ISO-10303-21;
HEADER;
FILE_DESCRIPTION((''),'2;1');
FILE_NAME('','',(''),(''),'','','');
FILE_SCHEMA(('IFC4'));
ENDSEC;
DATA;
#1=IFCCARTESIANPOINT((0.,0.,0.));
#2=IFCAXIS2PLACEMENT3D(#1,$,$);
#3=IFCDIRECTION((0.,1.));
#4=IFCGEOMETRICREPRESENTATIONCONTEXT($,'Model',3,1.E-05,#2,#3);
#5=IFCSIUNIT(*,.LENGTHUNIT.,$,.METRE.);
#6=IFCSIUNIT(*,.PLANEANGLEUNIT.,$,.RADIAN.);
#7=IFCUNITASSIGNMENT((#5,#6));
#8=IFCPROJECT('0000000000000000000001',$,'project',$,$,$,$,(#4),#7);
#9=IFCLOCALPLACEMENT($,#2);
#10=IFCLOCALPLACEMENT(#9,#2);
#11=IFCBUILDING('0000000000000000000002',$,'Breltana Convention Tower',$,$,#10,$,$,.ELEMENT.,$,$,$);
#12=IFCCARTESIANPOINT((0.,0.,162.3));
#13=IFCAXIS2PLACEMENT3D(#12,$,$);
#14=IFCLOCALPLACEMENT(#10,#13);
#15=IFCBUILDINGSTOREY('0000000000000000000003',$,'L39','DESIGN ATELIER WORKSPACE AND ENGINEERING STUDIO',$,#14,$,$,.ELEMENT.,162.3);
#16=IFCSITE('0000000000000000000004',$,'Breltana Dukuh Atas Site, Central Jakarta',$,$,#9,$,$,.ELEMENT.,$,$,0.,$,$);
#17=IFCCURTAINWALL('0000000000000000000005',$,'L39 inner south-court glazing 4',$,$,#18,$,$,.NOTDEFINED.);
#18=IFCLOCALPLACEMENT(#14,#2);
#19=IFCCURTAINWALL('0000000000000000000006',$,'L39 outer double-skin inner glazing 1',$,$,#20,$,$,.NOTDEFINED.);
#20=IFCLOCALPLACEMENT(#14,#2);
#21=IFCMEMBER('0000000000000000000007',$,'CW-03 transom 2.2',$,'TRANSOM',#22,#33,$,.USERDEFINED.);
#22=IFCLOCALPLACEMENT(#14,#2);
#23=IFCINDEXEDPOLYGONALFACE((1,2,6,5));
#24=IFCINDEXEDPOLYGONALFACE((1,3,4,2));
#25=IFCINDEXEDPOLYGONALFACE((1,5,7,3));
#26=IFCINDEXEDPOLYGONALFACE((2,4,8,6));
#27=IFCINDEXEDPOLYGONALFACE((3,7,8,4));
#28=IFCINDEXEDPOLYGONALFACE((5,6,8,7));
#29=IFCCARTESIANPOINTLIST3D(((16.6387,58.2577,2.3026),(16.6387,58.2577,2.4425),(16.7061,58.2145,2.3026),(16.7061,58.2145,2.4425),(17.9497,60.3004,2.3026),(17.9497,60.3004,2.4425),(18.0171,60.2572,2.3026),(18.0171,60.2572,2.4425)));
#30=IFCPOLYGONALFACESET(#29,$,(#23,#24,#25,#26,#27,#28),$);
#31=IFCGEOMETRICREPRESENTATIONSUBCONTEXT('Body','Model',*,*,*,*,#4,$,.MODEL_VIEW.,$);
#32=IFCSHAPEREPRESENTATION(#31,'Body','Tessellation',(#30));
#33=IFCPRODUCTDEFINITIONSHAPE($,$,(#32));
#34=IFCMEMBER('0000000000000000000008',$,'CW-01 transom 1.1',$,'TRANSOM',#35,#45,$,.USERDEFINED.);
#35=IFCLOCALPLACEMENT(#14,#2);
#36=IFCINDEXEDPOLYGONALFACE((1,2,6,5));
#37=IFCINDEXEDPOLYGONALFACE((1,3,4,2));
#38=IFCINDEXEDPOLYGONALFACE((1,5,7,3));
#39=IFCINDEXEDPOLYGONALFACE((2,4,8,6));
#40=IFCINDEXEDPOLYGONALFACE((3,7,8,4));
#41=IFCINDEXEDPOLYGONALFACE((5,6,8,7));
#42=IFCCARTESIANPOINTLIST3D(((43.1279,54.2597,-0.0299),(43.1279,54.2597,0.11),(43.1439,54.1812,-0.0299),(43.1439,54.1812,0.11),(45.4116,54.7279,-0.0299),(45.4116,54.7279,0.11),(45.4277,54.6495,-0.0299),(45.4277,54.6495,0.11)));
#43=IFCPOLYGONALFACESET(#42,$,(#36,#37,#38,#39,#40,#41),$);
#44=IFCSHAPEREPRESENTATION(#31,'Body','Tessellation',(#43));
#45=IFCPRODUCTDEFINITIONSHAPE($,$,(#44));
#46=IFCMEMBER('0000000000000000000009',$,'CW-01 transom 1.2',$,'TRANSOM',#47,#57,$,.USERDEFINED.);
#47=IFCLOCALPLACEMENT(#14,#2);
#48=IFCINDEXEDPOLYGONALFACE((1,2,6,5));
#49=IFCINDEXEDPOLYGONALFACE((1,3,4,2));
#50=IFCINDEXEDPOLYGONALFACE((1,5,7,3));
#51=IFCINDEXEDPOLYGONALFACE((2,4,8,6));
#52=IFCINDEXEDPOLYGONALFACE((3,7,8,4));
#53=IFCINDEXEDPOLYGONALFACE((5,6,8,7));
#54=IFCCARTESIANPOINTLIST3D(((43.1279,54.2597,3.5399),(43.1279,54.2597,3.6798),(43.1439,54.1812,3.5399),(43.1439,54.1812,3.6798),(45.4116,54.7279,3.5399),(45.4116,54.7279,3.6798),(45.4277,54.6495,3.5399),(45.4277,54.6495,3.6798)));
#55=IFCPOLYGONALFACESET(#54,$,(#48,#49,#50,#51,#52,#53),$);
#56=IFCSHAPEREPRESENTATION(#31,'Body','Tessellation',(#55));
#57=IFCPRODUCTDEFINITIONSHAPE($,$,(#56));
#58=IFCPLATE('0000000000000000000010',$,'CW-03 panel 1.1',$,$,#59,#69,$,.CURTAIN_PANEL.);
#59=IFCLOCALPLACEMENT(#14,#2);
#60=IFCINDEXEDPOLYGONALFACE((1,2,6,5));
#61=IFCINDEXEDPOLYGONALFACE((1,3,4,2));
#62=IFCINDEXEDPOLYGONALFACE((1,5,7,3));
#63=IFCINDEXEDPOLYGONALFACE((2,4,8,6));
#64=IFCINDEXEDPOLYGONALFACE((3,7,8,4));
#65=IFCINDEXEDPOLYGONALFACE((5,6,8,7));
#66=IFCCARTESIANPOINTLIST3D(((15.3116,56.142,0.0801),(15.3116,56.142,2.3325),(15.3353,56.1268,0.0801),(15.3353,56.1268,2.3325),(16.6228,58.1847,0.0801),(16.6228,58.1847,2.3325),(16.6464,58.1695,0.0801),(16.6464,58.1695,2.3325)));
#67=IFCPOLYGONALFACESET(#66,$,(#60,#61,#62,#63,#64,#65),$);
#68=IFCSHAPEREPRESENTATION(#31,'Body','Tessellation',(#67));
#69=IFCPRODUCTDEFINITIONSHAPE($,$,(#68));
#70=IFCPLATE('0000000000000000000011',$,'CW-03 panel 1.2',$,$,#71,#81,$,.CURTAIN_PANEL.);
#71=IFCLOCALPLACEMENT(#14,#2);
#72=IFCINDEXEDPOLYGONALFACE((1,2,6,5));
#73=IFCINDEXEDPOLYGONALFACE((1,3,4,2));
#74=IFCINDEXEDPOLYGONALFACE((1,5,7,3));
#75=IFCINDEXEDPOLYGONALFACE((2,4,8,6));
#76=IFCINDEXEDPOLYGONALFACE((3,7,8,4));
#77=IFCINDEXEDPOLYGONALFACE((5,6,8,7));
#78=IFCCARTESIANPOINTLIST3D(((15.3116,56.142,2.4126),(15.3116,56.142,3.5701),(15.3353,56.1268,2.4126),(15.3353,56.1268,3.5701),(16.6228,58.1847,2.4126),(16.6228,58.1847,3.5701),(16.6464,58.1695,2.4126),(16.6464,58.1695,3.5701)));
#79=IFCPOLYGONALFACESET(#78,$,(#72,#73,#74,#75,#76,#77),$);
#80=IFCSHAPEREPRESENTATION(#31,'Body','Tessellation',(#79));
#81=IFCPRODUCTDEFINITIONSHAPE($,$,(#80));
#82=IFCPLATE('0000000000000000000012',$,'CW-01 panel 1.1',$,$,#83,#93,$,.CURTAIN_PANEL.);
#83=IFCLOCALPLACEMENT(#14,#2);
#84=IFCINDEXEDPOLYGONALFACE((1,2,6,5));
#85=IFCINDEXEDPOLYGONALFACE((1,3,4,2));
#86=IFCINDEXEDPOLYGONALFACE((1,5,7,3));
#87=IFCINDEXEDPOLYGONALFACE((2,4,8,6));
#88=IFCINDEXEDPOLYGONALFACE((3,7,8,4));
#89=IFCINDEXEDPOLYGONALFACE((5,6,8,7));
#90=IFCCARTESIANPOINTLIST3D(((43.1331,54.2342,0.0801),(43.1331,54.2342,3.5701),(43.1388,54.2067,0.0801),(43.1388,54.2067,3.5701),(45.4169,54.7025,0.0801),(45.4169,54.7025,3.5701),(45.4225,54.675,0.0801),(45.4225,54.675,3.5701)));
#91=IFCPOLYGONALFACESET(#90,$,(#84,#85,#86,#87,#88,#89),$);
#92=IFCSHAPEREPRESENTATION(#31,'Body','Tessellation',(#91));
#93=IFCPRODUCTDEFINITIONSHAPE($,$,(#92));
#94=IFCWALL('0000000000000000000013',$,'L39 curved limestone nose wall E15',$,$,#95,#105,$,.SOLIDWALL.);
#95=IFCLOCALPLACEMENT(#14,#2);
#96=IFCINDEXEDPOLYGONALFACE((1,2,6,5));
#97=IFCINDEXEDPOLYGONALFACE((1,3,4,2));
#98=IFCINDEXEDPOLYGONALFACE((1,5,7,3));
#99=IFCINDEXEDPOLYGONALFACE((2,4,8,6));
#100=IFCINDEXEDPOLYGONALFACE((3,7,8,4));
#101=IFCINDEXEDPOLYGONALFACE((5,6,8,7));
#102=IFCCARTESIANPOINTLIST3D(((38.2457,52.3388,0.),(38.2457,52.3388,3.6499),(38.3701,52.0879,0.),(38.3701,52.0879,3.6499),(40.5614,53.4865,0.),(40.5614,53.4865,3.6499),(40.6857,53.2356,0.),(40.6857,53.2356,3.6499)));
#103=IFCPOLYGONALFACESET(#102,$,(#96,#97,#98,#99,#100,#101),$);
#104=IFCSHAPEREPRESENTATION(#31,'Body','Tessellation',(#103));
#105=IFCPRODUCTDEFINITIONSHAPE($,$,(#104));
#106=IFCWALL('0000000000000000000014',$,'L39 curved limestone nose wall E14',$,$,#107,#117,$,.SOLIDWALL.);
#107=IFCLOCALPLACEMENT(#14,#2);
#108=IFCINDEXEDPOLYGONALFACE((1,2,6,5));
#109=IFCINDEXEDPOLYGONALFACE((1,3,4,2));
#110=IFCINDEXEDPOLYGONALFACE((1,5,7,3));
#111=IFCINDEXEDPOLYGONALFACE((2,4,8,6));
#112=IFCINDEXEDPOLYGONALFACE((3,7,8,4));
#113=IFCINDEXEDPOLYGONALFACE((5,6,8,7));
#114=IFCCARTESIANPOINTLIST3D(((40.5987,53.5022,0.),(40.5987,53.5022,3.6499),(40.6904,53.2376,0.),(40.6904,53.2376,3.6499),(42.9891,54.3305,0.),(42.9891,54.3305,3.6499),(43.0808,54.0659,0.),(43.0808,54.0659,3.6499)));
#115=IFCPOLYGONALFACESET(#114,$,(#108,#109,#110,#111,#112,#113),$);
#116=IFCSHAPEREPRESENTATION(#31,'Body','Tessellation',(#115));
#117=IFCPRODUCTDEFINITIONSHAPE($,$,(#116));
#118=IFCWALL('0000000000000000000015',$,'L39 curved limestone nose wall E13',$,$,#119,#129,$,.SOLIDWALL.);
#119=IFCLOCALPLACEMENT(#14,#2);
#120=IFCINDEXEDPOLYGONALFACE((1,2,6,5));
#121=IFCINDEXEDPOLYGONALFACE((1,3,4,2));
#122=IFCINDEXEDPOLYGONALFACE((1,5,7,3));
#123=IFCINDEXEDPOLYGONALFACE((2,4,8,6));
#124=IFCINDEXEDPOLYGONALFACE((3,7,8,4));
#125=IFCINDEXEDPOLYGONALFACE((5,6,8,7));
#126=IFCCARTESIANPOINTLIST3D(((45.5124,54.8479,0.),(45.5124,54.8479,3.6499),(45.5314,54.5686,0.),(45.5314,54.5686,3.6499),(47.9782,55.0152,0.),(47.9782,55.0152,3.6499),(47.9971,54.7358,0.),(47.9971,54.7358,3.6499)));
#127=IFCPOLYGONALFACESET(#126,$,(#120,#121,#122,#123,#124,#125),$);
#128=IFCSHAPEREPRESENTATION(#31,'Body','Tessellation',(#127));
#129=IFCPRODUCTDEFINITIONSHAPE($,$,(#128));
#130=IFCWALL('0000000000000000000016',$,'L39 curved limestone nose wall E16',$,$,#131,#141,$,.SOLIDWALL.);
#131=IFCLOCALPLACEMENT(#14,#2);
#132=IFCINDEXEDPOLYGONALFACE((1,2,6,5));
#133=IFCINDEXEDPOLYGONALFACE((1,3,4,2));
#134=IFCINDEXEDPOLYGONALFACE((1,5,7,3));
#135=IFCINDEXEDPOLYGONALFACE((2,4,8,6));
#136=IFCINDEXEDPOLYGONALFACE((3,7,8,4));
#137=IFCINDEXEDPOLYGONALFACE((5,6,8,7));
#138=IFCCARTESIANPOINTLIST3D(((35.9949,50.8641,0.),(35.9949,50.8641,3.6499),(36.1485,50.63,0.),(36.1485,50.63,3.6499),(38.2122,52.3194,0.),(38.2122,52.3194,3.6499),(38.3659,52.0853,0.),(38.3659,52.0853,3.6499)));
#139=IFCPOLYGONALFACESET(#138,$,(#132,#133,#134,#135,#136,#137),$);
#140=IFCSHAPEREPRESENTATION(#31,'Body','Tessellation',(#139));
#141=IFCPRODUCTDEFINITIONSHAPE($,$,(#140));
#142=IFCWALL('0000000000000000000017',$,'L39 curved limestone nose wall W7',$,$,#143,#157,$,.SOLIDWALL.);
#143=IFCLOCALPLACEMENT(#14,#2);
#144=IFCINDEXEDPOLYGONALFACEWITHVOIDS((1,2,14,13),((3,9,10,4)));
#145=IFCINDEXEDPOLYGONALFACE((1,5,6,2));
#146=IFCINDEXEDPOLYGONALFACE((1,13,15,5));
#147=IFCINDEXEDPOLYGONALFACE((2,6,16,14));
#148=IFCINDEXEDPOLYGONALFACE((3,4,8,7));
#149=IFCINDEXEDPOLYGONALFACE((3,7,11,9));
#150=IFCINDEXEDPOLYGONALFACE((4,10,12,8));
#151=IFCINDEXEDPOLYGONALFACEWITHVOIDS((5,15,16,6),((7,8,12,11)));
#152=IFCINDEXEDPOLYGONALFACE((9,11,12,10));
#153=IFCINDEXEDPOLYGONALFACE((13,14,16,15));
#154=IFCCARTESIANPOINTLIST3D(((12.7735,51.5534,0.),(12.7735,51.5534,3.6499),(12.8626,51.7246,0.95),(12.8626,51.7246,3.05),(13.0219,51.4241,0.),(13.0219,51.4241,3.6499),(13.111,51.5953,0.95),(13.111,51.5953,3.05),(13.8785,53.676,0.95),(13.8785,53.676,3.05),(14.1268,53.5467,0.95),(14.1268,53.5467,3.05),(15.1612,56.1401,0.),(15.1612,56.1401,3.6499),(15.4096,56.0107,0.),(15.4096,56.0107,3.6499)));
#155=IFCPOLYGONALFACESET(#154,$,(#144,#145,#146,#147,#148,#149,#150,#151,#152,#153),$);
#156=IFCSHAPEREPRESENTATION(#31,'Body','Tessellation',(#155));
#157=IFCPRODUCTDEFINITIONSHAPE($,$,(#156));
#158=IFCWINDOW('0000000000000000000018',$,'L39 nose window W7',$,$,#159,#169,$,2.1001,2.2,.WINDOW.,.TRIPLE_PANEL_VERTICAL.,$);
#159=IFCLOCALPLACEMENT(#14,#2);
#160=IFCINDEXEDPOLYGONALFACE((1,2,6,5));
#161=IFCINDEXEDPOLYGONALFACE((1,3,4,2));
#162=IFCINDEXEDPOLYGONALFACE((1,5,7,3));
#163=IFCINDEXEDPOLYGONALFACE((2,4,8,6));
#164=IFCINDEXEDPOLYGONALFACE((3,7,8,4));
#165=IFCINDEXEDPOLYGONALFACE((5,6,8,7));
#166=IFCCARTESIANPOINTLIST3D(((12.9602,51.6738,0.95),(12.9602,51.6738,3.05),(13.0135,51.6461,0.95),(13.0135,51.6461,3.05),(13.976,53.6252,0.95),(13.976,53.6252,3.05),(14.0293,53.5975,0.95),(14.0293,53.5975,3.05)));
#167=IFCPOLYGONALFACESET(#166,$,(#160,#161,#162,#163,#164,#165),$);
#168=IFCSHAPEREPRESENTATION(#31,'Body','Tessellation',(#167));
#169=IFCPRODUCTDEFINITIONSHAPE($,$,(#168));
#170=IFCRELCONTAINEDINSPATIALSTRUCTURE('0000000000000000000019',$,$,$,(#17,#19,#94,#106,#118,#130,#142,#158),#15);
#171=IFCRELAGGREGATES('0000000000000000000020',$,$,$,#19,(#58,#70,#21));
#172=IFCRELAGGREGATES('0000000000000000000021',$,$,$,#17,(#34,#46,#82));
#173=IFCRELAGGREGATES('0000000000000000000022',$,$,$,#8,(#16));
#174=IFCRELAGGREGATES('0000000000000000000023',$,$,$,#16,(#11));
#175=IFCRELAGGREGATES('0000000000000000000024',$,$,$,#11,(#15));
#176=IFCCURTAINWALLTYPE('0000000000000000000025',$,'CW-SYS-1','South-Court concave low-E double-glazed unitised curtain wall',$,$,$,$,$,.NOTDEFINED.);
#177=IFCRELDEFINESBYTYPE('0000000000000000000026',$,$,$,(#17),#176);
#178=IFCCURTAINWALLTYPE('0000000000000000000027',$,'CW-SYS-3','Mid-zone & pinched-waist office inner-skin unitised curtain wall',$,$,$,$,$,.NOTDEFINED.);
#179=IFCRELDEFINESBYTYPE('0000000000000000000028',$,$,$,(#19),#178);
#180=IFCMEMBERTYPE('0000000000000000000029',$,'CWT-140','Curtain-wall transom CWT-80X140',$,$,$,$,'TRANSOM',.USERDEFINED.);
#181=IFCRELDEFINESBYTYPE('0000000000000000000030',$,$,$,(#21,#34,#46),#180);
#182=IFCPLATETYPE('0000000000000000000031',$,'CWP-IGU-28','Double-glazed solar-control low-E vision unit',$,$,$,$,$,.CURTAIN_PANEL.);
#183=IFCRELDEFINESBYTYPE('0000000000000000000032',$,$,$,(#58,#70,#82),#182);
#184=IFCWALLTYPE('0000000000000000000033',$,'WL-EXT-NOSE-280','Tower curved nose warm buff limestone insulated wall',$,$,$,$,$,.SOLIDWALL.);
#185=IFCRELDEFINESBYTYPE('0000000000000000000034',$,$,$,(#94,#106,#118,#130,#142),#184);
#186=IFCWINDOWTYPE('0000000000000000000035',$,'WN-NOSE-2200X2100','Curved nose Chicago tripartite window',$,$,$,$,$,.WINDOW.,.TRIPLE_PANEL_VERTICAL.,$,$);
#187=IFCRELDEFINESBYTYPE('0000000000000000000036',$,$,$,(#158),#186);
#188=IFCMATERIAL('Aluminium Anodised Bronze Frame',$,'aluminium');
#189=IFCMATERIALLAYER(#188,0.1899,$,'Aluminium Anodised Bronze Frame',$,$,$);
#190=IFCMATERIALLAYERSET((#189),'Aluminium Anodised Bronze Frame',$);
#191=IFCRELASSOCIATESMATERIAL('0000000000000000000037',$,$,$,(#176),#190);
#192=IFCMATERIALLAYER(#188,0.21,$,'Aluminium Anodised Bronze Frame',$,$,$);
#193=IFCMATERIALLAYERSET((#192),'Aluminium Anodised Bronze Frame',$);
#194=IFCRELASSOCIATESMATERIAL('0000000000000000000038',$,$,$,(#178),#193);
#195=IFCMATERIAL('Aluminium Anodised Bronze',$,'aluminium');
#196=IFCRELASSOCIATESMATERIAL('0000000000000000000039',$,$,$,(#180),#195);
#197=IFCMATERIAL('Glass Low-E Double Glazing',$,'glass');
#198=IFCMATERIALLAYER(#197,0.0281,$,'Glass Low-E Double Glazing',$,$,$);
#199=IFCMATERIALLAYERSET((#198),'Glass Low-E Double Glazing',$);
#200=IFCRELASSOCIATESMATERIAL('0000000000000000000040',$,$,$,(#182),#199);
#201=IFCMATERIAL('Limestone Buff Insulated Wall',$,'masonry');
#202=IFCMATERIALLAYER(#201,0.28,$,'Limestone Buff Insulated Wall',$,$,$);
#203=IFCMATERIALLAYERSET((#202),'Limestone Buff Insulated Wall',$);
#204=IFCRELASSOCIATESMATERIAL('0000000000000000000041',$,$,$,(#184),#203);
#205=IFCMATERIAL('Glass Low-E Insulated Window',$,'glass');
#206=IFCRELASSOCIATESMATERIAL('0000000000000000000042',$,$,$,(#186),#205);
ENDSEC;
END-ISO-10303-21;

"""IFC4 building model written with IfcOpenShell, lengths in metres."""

from ifc_helpers import new_model, si_unit, direction, frame, frame_2d, origin, origin_2d, place, context, subcontext, project, spatial, rectangle, extrude, source, transform, mapped, material, layer, layer_set, material_profile, profile_set, type_object, type_shapes, element, fill, aggregate, save


model = new_model("IFC4")

# Units and contexts
model_context = context("Model", 3, precision=1e-05, world=origin(), true_north=direction((0.0, 1.0)))
body_context = subcontext(model_context, "Body", "Model", "MODEL_VIEW")
ifc_project = project(units=[si_unit("LENGTHUNIT", "METRE"), si_unit("PLANEANGLEUNIT", "RADIAN")], contexts=[model_context])

# Site, building, storey
site_placement = place(None, origin())
site = spatial("IfcSite", under=ifc_project, at=site_placement, Name="Breltana Dukuh Atas Site, Central Jakarta", CompositionType="ELEMENT", RefElevation=0.0)
building_placement = place(site_placement, origin())
building = spatial("IfcBuilding", under=site, at=building_placement, Name="Breltana Convention Tower", CompositionType="ELEMENT")
storey_placement = place(building_placement, frame((0.0, 0.0, 162.3)))
storey = spatial("IfcBuildingStorey", under=building, at=storey_placement, Name="L39", Description="DESIGN ATELIER WORKSPACE AND ENGINEERING STUDIO", CompositionType="ELEMENT", Elevation=162.3)

# Curtain walls, member
ifc_material_1 = material(Name="Aluminium Anodised Bronze Frame", Category="aluminium")
ifc_layer_1 = layer(ifc_material_1, 0.1899, Name="Aluminium Anodised Bronze Frame")
ifc_layer_set_1 = layer_set([ifc_layer_1], Name="Aluminium Anodised Bronze Frame")
curtain_wall_type_1 = type_object("IfcCurtainWallType", Name="CW-SYS-1", Description="South-Court concave low-E double-glazed unitised curtain wall", PredefinedType="NOTDEFINED", material=ifc_layer_set_1)
curtain_wall_1_placement = place(storey_placement, origin())
curtain_wall_1 = element("IfcCurtainWall", 1, at=curtain_wall_1_placement, inside=storey, type_object=curtain_wall_type_1, Name="L39 inner south-court glazing 4", PredefinedType="NOTDEFINED")
ifc_material_2 = material(Name="Aluminium Anodised Bronze", Category="aluminium")
ifc_layer_2 = layer(ifc_material_1, 0.21, Name="Aluminium Anodised Bronze Frame")
ifc_layer_set_2 = layer_set([ifc_layer_2], Name="Aluminium Anodised Bronze Frame")
curtain_wall_type_2 = type_object("IfcCurtainWallType", Name="CW-SYS-3", Description="Mid-zone & pinched-waist office inner-skin unitised curtain wall", PredefinedType="NOTDEFINED", material=ifc_layer_set_2)
curtain_wall_2_placement = place(storey_placement, origin())
curtain_wall_2 = element("IfcCurtainWall", 2, at=curtain_wall_2_placement, inside=storey, type_object=curtain_wall_type_2, Name="L39 outer double-skin inner glazing 1", PredefinedType="NOTDEFINED")
ifc_material_profile_1 = material_profile(ifc_material_2, rectangle(XDim=0.0801, YDim=0.1399, at=origin_2d()), Name="CWT-80X140")
ifc_profile_set_1 = profile_set([ifc_material_profile_1], Name="Aluminium Anodised Bronze")
member_type_1 = type_object("IfcMemberType", Name="CWT-140", Description="Curtain-wall transom CWT-80X140", ElementType="TRANSOM", PredefinedType="USERDEFINED", material=ifc_profile_set_1)
shared_shape_1 = source(origin(), body_context, "Body", "SweptSolid", [
    extrude(rectangle(XDim=0.0801, YDim=0.1399, at=origin_2d()), origin(), (0.0, 0.0, 1.0), 2.4272),
])
member_1_placement = place(storey_placement, frame((16.6724, 58.2361, 2.3726), z_axis=(0.540132, 0.84158, 0.0), x_axis=(-0.84158, 0.540132, 0.0)))
member_1 = element("IfcMember", 3, at=member_1_placement, type_object=member_type_1, Name="CW-03 transom 2.2", ObjectType="TRANSOM", PredefinedType="USERDEFINED", context=body_context, shape_type="MappedRepresentation", body=[
    mapped(shared_shape_1, transform((0.0, 0.0, 0.0), scale=1.0)),
])

# Members
shared_shape_2 = source(origin(), body_context, "Body", "SweptSolid", [
    extrude(rectangle(XDim=0.0801, YDim=0.1399, at=origin_2d()), origin(), (0.0, 0.0, 1.0), 2.3313),
])
member_2_placement = place(storey_placement, frame((45.4197, 54.6887, 0.04), z_axis=(-0.979619, -0.200867, 0.0), x_axis=(0.200867, -0.979619, 0.0)))
member_2 = element("IfcMember", 4, at=member_2_placement, type_object=member_type_1, Name="CW-01 transom 1.1", ObjectType="TRANSOM", PredefinedType="USERDEFINED", context=body_context, shape_type="MappedRepresentation", body=[
    mapped(shared_shape_2, transform((0.0, 0.0, 0.0), scale=1.0)),
])
member_3_placement = place(storey_placement, frame((45.4197, 54.6887, 3.6099), z_axis=(-0.979619, -0.200867, 0.0), x_axis=(0.200867, -0.979619, 0.0)))
member_3 = element("IfcMember", 5, at=member_3_placement, type_object=member_type_1, Name="CW-01 transom 1.2", ObjectType="TRANSOM", PredefinedType="USERDEFINED", context=body_context, shape_type="MappedRepresentation", body=[
    mapped(shared_shape_2, transform((0.0, 0.0, 0.0), scale=1.0)),
])

# Plates
ifc_material_3 = material(Name="Glass Low-E Double Glazing", Category="glass")
ifc_layer_3 = layer(ifc_material_3, 0.0281, Name="Glass Low-E Double Glazing")
ifc_layer_set_3 = layer_set([ifc_layer_3], Name="Glass Low-E Double Glazing")
plate_type = type_object("IfcPlateType", Name="CWP-IGU-28", Description="Double-glazed solar-control low-E vision unit", PredefinedType="CURTAIN_PANEL", material=ifc_layer_set_3)
shared_shape_3 = source(origin(), body_context, "Body", "SweptSolid", [
    extrude(rectangle(XDim=2.4272, YDim=0.0281, at=origin_2d()), origin(), (0.0, 0.0, 1.0), 2.2524),
])
plate_1_placement = place(storey_placement, frame((15.979, 57.1558, 0.0801), z_axis=(0.0, 0.0, 1.0), x_axis=(0.540173, 0.841554, 0.0)))
plate_1 = element("IfcPlate", 6, at=plate_1_placement, type_object=plate_type, Name="CW-03 panel 1.1", PredefinedType="CURTAIN_PANEL", context=body_context, shape_type="MappedRepresentation", body=[
    mapped(shared_shape_3, transform((0.0, 0.0, 0.0), scale=1.0)),
])
shared_shape_4 = source(origin(), body_context, "Body", "SweptSolid", [
    extrude(rectangle(XDim=2.4272, YDim=0.0281, at=origin_2d()), origin(), (0.0, 0.0, 1.0), 1.1575),
])
plate_2_placement = place(storey_placement, frame((15.979, 57.1558, 2.4126), z_axis=(0.0, 0.0, 1.0), x_axis=(0.540173, 0.841554, 0.0)))
plate_2 = element("IfcPlate", 7, at=plate_2_placement, type_object=plate_type, Name="CW-03 panel 1.2", PredefinedType="CURTAIN_PANEL", context=body_context, shape_type="MappedRepresentation", body=[
    mapped(shared_shape_4, transform((0.0, 0.0, 0.0), scale=1.0)),
])
aggregate(curtain_wall_2, [plate_1, plate_2, member_1])
shared_shape_5 = source(origin(), body_context, "Body", "SweptSolid", [
    extrude(rectangle(XDim=2.3313, YDim=0.0281, at=origin_2d()), origin(), (0.0, 0.0, 1.0), 3.49),
])
plate_3_placement = place(storey_placement, frame((44.2778, 54.4546, 0.0801), z_axis=(0.0, 0.0, 1.0), x_axis=(-0.97962, -0.200861, 0.0)))
plate_3 = element("IfcPlate", 8, at=plate_3_placement, type_object=plate_type, Name="CW-01 panel 1.1", PredefinedType="CURTAIN_PANEL", context=body_context, shape_type="MappedRepresentation", body=[
    mapped(shared_shape_5, transform((0.0, 0.0, 0.0), scale=1.0)),
])
aggregate(curtain_wall_1, [member_2, member_3, plate_3])

# Walls
ifc_material_4 = material(Name="Limestone Buff Insulated Wall", Category="masonry")
ifc_layer_4 = layer(ifc_material_4, 0.28, Name="Limestone Buff Insulated Wall")
ifc_layer_set_4 = layer_set([ifc_layer_4], Name="Limestone Buff Insulated Wall")
wall_type_1 = type_object("IfcWallType", Name="WL-EXT-NOSE-280", Description="Tower curved nose warm buff limestone insulated wall", PredefinedType="SOLIDWALL", material=ifc_layer_set_4)
shared_shape_6 = source(origin(), body_context, "Body", "SweptSolid", [
    extrude(rectangle(XDim=2.5845, YDim=0.28, at=frame_2d((1.2922, 0.0))), origin(), (0.0, 0.0, 1.0), 3.6499),
])
wall_1_placement = place(storey_placement, frame((40.6235, 53.3611, 0.0), z_axis=(0.0, 0.0, 1.0), x_axis=(-0.89599, -0.444075, 0.0)))
element("IfcWall", 9, at=wall_1_placement, inside=storey, type_object=wall_type_1, Name="L39 curved limestone nose wall E15", PredefinedType="SOLIDWALL", context=body_context, shape_type="MappedRepresentation", body=[
    mapped(shared_shape_6, transform((0.0, 0.0, 0.0), scale=1.0)),
])
shared_shape_7 = source(origin(), body_context, "Body", "SweptSolid", [
    extrude(rectangle(XDim=2.5298, YDim=0.28, at=frame_2d((1.2649, 0.0))), origin(), (0.0, 0.0, 1.0), 3.6499),
])
wall_2_placement = place(storey_placement, frame((43.0349, 54.1982, 0.0), z_axis=(0.0, 0.0, 1.0), x_axis=(-0.944872, -0.327439, 0.0)))
element("IfcWall", 10, at=wall_2_placement, inside=storey, type_object=wall_type_1, Name="L39 curved limestone nose wall E14", PredefinedType="SOLIDWALL", context=body_context, shape_type="MappedRepresentation", body=[
    mapped(shared_shape_7, transform((0.0, 0.0, 0.0), scale=1.0)),
])
shared_shape_8 = source(origin(), body_context, "Body", "SweptSolid", [
    extrude(rectangle(XDim=2.4714, YDim=0.28, at=frame_2d((1.2358, 0.0))), origin(), (0.0, 0.0, 1.0), 3.6499),
])
wall_3_placement = place(storey_placement, frame((47.9878, 54.8755, 0.0), z_axis=(0.0, 0.0, 1.0), x_axis=(-0.997708, -0.067666, 0.0)))
element("IfcWall", 11, at=wall_3_placement, inside=storey, type_object=wall_type_1, Name="L39 curved limestone nose wall E13", PredefinedType="SOLIDWALL", context=body_context, shape_type="MappedRepresentation", body=[
    mapped(shared_shape_8, transform((0.0, 0.0, 0.0), scale=1.0)),
])
shared_shape_9 = source(origin(), body_context, "Body", "SweptSolid", [
    extrude(rectangle(XDim=2.6523, YDim=0.28, at=frame_2d((1.3262, 0.0))), origin(), (0.0, 0.0, 1.0), 3.6499),
])
wall_4_placement = place(storey_placement, frame((38.2891, 52.2024, 0.0), z_axis=(0.0, 0.0, 1.0), x_axis=(-0.836008, -0.548717, 0.0)))
element("IfcWall", 12, at=wall_4_placement, inside=storey, type_object=wall_type_1, Name="L39 curved limestone nose wall E16", PredefinedType="SOLIDWALL", context=body_context, shape_type="MappedRepresentation", body=[
    mapped(shared_shape_9, transform((0.0, 0.0, 0.0), scale=1.0)),
])

# Wall, opening, window
shared_shape_10 = source(origin(), body_context, "Body", "SweptSolid", [
    extrude(rectangle(XDim=5.1709, YDim=0.28, at=frame_2d((2.5854, 0.0))), origin(), (0.0, 0.0, 1.0), 3.6499),
])
wall_5_placement = place(storey_placement, frame((12.8977, 51.4888, 0.0), z_axis=(0.0, 0.0, 1.0), x_axis=(0.461753, 0.887009, 0.0)))
wall_5 = element("IfcWall", 13, at=wall_5_placement, inside=storey, type_object=wall_type_1, Name="L39 curved limestone nose wall W7", PredefinedType="SOLIDWALL", context=body_context, shape_type="MappedRepresentation", body=[
    mapped(shared_shape_10, transform((0.0, 0.0, 0.0), scale=1.0)),
])
opening_1_placement = place(wall_5_placement, frame((0.1929, 0.0, 0.95)))
opening_1 = element("IfcOpeningElement", 14, at=opening_1_placement, cuts=wall_5, PredefinedType="OPENING", context=body_context, shape_type="SweptSolid", body=[
    extrude(rectangle(XDim=2.2, YDim=2.1001, at=frame_2d((1.1001, 1.05))), frame((0.0, 0.1499, 0.0), z_axis=(0.0, -1.0, 0.0), x_axis=(1.0, 0.0, 0.0)), (0.0, 0.0, 1.0), 0.3),
])
ifc_material_5 = material(Name="Glass Low-E Insulated Window", Category="glass")
window_type = type_object("IfcWindowType", Name="WN-NOSE-2200X2100", Description="Curved nose Chicago tripartite window", PartitioningType="TRIPLE_PANEL_VERTICAL", PredefinedType="WINDOW", material=ifc_material_5)
shared_shape_11 = source(origin(), body_context, "Body", "SweptSolid", [
    extrude(rectangle(XDim=2.2, YDim=2.1001, at=frame_2d((1.1001, 1.05))), frame((0.0, 0.03, 0.0), z_axis=(0.0, -1.0, 0.0), x_axis=(1.0, 0.0, 0.0)), (0.0, 0.0, 1.0), 0.0601),
])
type_shapes(window_type, [shared_shape_11])
window_placement = place(opening_1_placement, origin())
window = element("IfcWindow", 15, at=window_placement, inside=storey, type_object=window_type, Name="L39 nose window W7", OverallHeight=2.1001, OverallWidth=2.2, PartitioningType="TRIPLE_PANEL_VERTICAL", PredefinedType="WINDOW", context=body_context, shape_type="MappedRepresentation", body=[
    mapped(shared_shape_11, transform((0.0, 0.0, 0.0), scale=1.0)),
])
fill(opening_1, window)

save(model, "model.ifc")
